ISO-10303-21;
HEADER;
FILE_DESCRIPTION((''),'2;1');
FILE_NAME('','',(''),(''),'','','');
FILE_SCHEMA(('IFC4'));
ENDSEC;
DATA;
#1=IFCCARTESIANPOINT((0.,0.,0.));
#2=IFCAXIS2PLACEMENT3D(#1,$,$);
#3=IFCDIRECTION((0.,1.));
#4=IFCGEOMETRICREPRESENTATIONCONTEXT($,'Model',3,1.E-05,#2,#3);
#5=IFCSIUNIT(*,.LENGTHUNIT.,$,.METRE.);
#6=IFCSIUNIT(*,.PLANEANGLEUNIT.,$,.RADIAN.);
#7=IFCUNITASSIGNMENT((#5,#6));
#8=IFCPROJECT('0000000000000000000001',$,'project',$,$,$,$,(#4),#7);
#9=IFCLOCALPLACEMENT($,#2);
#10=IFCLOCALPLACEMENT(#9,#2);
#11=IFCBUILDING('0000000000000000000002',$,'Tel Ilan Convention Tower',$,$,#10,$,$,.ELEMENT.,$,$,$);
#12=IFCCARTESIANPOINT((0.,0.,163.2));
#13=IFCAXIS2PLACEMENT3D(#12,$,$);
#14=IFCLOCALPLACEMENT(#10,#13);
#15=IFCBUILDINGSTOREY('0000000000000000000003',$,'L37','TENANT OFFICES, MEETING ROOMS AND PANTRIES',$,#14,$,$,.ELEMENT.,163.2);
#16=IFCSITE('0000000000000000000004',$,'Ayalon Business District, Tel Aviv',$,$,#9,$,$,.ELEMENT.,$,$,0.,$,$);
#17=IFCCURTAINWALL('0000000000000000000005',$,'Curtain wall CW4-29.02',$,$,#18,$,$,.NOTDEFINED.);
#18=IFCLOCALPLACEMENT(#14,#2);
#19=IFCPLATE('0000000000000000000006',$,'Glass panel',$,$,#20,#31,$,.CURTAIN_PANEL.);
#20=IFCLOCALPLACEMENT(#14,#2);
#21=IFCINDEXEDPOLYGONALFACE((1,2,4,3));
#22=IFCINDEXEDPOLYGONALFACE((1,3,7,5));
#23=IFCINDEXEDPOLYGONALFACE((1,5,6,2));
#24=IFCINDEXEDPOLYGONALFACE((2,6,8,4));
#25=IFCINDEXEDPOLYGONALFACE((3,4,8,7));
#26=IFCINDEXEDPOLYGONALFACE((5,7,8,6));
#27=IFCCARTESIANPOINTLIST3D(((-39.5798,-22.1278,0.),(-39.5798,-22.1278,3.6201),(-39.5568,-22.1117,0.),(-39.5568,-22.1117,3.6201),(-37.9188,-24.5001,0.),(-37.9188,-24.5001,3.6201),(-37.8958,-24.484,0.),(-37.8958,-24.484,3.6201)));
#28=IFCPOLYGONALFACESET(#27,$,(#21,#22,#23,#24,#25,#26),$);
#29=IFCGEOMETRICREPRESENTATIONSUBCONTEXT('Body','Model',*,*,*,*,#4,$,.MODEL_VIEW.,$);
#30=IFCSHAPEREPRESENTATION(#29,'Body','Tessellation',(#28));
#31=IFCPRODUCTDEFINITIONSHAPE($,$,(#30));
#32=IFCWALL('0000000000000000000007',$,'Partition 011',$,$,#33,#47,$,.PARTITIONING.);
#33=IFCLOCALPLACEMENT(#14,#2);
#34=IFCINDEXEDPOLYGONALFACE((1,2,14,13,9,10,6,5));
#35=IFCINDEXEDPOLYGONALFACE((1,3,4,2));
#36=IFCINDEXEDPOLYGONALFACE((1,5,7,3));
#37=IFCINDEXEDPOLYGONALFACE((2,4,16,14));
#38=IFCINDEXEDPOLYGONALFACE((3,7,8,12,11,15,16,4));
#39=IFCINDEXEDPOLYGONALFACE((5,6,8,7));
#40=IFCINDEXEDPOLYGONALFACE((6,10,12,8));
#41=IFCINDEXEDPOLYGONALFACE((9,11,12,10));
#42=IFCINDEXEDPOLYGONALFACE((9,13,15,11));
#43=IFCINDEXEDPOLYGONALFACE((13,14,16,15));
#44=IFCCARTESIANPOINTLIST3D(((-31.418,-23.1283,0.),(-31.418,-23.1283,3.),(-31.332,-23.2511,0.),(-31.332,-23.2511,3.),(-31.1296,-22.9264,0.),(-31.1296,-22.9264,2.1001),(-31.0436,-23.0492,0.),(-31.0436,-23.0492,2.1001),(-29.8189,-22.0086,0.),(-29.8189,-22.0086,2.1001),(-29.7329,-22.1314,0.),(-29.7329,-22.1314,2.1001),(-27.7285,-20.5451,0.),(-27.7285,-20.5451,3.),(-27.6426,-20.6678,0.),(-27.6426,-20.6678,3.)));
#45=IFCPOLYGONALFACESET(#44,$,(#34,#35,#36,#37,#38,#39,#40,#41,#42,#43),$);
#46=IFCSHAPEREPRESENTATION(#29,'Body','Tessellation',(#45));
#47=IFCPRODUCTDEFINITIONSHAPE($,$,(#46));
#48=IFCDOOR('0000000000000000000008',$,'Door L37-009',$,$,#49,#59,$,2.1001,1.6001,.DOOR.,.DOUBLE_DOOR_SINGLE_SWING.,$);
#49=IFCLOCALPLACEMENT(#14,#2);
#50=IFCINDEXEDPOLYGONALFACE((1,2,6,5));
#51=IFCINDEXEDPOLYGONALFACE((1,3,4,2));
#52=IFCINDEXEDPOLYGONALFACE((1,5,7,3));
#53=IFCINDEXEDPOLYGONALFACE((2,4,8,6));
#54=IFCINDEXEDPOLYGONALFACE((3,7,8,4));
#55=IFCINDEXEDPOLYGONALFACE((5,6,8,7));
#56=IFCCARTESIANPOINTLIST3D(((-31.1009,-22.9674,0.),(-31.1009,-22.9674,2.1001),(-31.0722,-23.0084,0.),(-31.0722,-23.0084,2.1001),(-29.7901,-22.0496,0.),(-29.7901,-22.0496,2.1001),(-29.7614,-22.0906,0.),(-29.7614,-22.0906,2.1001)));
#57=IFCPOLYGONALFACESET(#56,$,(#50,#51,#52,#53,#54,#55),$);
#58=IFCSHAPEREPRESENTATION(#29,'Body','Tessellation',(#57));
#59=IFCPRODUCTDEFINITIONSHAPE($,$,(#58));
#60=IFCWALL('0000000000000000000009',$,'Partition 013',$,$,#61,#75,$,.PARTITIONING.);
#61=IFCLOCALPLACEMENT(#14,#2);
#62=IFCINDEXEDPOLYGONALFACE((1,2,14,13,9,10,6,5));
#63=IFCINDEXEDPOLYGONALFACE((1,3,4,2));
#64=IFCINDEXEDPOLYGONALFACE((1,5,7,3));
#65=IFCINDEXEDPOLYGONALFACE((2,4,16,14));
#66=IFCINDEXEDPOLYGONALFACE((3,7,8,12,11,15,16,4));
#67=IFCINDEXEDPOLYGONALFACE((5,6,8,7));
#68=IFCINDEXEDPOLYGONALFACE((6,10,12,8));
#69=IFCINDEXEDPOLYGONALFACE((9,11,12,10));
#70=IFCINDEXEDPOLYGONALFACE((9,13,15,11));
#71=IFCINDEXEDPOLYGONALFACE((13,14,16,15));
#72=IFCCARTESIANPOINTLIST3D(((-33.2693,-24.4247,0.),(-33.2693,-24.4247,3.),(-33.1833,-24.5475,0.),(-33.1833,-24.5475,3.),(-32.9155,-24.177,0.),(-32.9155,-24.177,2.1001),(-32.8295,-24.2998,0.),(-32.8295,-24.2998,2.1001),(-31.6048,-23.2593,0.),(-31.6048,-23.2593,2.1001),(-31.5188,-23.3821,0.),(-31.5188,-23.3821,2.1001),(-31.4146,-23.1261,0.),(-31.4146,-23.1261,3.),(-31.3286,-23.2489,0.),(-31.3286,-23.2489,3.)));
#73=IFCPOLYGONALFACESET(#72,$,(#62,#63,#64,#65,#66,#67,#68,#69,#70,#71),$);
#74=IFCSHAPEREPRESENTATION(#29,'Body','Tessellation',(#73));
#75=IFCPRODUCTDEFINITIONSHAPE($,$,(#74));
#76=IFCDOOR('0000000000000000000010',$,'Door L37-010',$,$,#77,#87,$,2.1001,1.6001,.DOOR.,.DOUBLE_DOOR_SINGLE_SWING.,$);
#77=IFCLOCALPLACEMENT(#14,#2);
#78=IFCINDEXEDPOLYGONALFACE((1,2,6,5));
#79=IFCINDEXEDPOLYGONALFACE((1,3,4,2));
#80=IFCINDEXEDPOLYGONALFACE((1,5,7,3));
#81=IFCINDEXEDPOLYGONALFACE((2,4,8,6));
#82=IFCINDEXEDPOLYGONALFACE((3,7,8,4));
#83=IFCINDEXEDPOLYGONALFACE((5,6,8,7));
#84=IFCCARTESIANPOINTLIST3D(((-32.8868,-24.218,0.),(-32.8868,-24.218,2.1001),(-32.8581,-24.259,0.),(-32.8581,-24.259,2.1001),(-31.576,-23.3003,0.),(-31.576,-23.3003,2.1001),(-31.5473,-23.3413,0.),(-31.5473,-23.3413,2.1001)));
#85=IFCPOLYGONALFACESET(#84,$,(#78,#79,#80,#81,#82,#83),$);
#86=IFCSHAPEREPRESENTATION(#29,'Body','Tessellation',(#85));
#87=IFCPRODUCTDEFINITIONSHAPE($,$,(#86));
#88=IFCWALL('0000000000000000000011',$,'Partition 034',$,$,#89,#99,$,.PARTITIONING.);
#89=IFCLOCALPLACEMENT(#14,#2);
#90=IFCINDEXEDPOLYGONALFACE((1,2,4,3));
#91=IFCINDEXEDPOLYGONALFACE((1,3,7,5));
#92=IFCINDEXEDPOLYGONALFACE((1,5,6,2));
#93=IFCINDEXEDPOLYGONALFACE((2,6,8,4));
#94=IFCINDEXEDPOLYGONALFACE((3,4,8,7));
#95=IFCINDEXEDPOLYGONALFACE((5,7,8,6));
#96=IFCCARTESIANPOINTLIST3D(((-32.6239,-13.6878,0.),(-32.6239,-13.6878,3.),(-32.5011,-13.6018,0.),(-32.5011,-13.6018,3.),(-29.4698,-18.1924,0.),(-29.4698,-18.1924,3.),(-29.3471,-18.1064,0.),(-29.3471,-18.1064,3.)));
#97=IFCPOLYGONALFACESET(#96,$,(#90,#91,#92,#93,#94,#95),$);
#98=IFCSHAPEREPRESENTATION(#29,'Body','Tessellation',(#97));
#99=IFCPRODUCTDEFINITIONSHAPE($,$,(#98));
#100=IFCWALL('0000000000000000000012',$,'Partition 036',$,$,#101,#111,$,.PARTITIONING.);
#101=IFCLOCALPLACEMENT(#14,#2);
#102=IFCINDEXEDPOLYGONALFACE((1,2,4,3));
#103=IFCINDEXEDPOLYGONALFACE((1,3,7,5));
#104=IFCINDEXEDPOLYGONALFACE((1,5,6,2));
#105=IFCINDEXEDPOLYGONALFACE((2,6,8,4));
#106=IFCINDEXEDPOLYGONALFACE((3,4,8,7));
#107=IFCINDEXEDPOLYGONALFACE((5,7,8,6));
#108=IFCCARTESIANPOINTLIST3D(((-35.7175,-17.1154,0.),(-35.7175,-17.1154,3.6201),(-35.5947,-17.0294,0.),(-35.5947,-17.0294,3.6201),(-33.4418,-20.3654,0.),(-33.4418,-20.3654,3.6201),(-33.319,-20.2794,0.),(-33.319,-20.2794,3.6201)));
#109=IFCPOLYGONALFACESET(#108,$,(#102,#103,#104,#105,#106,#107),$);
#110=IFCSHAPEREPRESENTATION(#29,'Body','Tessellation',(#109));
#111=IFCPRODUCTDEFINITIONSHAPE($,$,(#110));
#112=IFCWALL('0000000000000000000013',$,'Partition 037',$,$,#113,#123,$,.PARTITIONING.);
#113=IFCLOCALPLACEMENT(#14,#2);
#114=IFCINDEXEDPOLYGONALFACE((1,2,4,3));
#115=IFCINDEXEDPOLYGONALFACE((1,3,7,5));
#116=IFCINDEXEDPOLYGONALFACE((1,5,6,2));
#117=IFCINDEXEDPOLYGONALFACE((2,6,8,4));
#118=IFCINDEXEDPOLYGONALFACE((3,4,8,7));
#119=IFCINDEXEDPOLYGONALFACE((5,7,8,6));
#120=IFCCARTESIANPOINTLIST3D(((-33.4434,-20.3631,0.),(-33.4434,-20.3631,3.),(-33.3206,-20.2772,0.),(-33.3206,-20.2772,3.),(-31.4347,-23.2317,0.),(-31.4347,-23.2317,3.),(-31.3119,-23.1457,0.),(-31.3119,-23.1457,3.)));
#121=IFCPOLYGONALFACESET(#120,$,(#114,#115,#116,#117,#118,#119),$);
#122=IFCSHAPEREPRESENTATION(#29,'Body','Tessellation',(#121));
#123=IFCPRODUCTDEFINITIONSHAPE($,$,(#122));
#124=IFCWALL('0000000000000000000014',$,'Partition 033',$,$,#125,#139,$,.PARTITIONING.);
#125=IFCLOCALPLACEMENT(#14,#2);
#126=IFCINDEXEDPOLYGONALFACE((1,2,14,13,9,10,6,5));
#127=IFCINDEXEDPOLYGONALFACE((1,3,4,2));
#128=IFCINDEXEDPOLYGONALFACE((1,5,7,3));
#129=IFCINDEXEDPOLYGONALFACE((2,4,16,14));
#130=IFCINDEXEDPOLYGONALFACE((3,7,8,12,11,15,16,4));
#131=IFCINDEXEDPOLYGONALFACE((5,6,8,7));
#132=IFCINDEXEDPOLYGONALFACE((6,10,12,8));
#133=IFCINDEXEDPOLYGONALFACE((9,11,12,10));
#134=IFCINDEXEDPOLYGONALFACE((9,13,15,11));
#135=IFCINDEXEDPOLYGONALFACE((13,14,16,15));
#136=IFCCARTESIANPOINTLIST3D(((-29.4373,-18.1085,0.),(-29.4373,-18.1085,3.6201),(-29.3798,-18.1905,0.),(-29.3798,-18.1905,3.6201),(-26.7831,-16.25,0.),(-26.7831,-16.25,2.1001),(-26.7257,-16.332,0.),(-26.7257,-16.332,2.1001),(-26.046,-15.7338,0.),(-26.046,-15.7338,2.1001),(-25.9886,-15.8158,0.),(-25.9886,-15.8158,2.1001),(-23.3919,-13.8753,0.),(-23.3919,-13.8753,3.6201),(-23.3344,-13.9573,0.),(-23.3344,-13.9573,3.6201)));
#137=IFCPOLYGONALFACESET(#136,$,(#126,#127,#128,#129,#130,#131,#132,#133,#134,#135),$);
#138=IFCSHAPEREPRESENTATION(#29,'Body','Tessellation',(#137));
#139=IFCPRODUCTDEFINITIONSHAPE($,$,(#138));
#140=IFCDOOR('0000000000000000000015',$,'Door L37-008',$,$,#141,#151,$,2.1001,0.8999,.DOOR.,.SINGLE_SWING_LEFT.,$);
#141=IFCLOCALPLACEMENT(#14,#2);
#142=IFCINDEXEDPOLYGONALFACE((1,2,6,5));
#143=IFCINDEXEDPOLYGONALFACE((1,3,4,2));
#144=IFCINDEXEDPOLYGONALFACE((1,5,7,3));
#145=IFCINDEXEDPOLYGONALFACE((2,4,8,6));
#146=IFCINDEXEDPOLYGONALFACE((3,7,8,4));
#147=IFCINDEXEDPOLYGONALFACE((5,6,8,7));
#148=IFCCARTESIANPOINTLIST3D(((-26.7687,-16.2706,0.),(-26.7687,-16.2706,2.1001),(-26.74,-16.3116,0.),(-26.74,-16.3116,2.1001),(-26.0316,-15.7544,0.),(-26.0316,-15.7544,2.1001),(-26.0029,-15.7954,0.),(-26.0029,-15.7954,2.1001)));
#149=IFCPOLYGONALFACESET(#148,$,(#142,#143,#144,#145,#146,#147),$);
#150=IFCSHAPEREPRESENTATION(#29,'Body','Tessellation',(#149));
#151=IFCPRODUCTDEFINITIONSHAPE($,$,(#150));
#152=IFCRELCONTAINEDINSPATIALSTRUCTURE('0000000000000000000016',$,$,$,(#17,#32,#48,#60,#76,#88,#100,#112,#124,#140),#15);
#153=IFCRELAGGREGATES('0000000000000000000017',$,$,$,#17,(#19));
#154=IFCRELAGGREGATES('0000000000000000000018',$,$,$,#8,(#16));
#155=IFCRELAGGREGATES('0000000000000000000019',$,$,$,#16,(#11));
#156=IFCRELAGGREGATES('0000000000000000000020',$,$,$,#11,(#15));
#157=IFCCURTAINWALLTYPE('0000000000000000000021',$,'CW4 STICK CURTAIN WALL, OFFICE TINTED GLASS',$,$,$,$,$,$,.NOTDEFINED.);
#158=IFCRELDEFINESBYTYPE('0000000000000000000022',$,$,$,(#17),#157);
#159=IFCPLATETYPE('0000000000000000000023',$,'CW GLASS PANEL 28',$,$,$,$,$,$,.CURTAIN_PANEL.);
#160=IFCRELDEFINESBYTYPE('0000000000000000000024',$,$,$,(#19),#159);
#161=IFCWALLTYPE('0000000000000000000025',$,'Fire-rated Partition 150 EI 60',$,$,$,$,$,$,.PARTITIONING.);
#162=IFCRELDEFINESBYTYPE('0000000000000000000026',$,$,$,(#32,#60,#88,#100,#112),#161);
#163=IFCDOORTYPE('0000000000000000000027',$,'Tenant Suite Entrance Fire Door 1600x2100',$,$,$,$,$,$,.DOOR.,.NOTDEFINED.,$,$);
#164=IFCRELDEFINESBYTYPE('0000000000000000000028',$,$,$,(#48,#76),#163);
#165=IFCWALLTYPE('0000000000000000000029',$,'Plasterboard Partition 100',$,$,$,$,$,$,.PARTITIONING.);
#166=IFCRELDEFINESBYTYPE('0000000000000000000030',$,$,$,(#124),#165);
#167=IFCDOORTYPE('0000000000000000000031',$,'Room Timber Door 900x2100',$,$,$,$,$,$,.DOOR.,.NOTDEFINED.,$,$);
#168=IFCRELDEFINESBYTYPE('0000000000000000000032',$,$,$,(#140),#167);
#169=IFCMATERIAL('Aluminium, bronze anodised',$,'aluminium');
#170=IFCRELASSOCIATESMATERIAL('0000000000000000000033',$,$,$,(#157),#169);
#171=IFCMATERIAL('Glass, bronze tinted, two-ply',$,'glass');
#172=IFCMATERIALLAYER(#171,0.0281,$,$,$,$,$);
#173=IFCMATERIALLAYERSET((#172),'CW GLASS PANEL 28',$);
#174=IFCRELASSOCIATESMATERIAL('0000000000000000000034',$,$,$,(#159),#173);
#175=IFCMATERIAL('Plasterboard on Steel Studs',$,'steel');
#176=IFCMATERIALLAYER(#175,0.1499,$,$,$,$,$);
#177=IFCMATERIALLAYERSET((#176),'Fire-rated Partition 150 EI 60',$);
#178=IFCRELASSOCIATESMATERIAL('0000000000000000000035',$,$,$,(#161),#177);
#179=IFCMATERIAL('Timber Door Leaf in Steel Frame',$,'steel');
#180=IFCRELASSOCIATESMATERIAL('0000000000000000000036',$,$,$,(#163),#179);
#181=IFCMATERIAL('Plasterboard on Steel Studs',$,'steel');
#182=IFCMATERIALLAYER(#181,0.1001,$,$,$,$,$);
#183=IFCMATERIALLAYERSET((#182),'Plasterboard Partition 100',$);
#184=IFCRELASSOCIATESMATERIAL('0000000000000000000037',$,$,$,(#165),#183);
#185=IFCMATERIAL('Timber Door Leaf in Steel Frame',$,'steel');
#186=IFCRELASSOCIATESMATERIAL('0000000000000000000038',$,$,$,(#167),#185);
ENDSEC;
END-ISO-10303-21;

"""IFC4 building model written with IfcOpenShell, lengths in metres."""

from ifc_helpers import new_model, si_unit, direction, frame, frame_2d, origin, origin_2d, place, context, subcontext, project, spatial, rectangle, extrude, material, layer, layer_set, type_object, element, fill, aggregate, save


model = new_model("IFC4")

# Units and contexts
model_context = context("Model", 3, precision=1e-05, world=origin(), true_north=direction((0.0, 1.0)))
body_context = subcontext(model_context, "Body", "Model", "MODEL_VIEW")
ifc_project = project(units=[si_unit("LENGTHUNIT", "METRE"), si_unit("PLANEANGLEUNIT", "RADIAN")], contexts=[model_context])

# Site, building, storey
site_placement = place(None, origin())
site = spatial("IfcSite", under=ifc_project, at=site_placement, Name="Ayalon Business District, Tel Aviv", CompositionType="ELEMENT", RefElevation=0.0)
building_placement = place(site_placement, origin())
building = spatial("IfcBuilding", under=site, at=building_placement, Name="Tel Ilan Convention Tower", CompositionType="ELEMENT")
storey_placement = place(building_placement, frame((0.0, 0.0, 163.2)))
storey = spatial("IfcBuildingStorey", under=building, at=storey_placement, Name="L37", Description="TENANT OFFICES, MEETING ROOMS AND PANTRIES", CompositionType="ELEMENT", Elevation=163.2)

# Curtain wall, plate
ifc_material_1 = material(Name="Aluminium, bronze anodised", Category="aluminium")
curtain_wall_type = type_object("IfcCurtainWallType", Name="CW4 STICK CURTAIN WALL, OFFICE TINTED GLASS", PredefinedType="NOTDEFINED", material=ifc_material_1)
curtain_wall_placement = place(storey_placement, origin())
curtain_wall = element("IfcCurtainWall", 1, at=curtain_wall_placement, inside=storey, type_object=curtain_wall_type, Name="Curtain wall CW4-29.02", PredefinedType="NOTDEFINED")
ifc_material_2 = material(Name="Glass, bronze tinted, two-ply", Category="glass")
ifc_layer_1 = layer(ifc_material_2, 0.0281)
ifc_layer_set_1 = layer_set([ifc_layer_1], Name="CW GLASS PANEL 28")
plate_type = type_object("IfcPlateType", Name="CW GLASS PANEL 28", PredefinedType="CURTAIN_PANEL", material=ifc_layer_set_1)
plate_1_placement = place(storey_placement, frame((-38.7378, -23.3059, 0.0), z_axis=(0.0, 0.0, 1.0), x_axis=(0.573576, -0.819152, 0.0)))
plate_1 = element("IfcPlate", 2, at=plate_1_placement, type_object=plate_type, Name="Glass panel", PredefinedType="CURTAIN_PANEL", context=body_context, shape_type="SweptSolid", body=[
    extrude(rectangle(XDim=2.896, YDim=0.0281, at=origin_2d()), origin(), (0.0, 0.0, 1.0), 3.6201),
])
aggregate(curtain_wall, [plate_1])

# Walls, openings, doors
ifc_material_3 = material(Name="Plasterboard on Steel Studs", Category="steel")
ifc_layer_2 = layer(ifc_material_3, 0.1499)
ifc_layer_set_2 = layer_set([ifc_layer_2], Name="Fire-rated Partition 150 EI 60")
wall_type_1 = type_object("IfcWallType", Name="Fire-rated Partition 150 EI 60", PredefinedType="PARTITIONING", material=ifc_layer_set_2)
wall_1_placement = place(storey_placement, frame((-31.375, -23.1897, 0.0), z_axis=(0.0, 0.0, 1.0), x_axis=(0.819166, 0.573557, 0.0)))
wall_1 = element("IfcWall", 3, at=wall_1_placement, inside=storey, type_object=wall_type_1, Name="Partition 011", PredefinedType="PARTITIONING", context=body_context, shape_type="SweptSolid", body=[
    extrude(rectangle(XDim=4.5039, YDim=0.1499, at=frame_2d((2.252, 0.0))), origin(), (0.0, 0.0, 1.0), 3.0),
])
opening_1_placement = place(wall_1_placement, frame((0.3521, 0.0, 0.0)))
opening_1 = element("IfcOpeningElement", 4, at=opening_1_placement, cuts=wall_1, PredefinedType="OPENING", context=body_context, shape_type="SweptSolid", body=[
    extrude(rectangle(XDim=1.6001, YDim=2.1001, at=frame_2d((0.8, 1.05))), frame((0.0, 0.085, 0.0), z_axis=(0.0, -1.0, 0.0), x_axis=(1.0, 0.0, 0.0)), (0.0, 0.0, 1.0), 0.1699),
])
ifc_material_4 = material(Name="Timber Door Leaf in Steel Frame", Category="steel")
door_type_1 = type_object("IfcDoorType", Name="Tenant Suite Entrance Fire Door 1600x2100", OperationType="NOTDEFINED", PredefinedType="DOOR", material=ifc_material_4)
door_1_placement = place(opening_1_placement, origin())
door_1 = element("IfcDoor", 5, at=door_1_placement, inside=storey, type_object=door_type_1, Name="Door L37-009", OperationType="DOUBLE_DOOR_SINGLE_SWING", OverallHeight=2.1001, OverallWidth=1.6001, PredefinedType="DOOR", context=body_context, shape_type="SweptSolid", body=[
    extrude(rectangle(XDim=1.6001, YDim=2.1001, at=frame_2d((0.8, 1.05))), frame((0.0, 0.0249, 0.0), z_axis=(0.0, -1.0, 0.0), x_axis=(1.0, 0.0, 0.0)), (0.0, 0.0, 1.0), 0.05),
])
fill(opening_1, door_1)
wall_2_placement = place(storey_placement, frame((-33.2263, -24.4861, 0.0), z_axis=(0.0, 0.0, 1.0), x_axis=(0.819176, 0.573542, 0.0)))
wall_2 = element("IfcWall", 6, at=wall_2_placement, inside=storey, type_object=wall_type_1, Name="Partition 013", PredefinedType="PARTITIONING", context=body_context, shape_type="SweptSolid", body=[
    extrude(rectangle(XDim=2.2642, YDim=0.1499, at=frame_2d((1.1321, 0.0))), origin(), (0.0, 0.0, 1.0), 3.0),
])
opening_2_placement = place(wall_2_placement, frame((0.4319, 0.0, 0.0)))
opening_2 = element("IfcOpeningElement", 7, at=opening_2_placement, cuts=wall_2, PredefinedType="OPENING", context=body_context, shape_type="SweptSolid", body=[
    extrude(rectangle(XDim=1.6001, YDim=2.1001, at=frame_2d((0.8, 1.05))), frame((0.0, 0.085, 0.0), z_axis=(0.0, -1.0, 0.0), x_axis=(1.0, 0.0, 0.0)), (0.0, 0.0, 1.0), 0.1699),
])
door_2_placement = place(opening_2_placement, origin())
door_2 = element("IfcDoor", 8, at=door_2_placement, inside=storey, type_object=door_type_1, Name="Door L37-010", OperationType="DOUBLE_DOOR_SINGLE_SWING", OverallHeight=2.1001, OverallWidth=1.6001, PredefinedType="DOOR", context=body_context, shape_type="SweptSolid", body=[
    extrude(rectangle(XDim=1.6001, YDim=2.1001, at=frame_2d((0.8, 1.05))), frame((0.0, 0.0249, 0.0), z_axis=(0.0, -1.0, 0.0), x_axis=(1.0, 0.0, 0.0)), (0.0, 0.0, 1.0), 0.05),
])
fill(opening_2, door_2)

# Walls
wall_3_placement = place(storey_placement, frame((-29.4084, -18.1494, 0.0), z_axis=(0.0, 0.0, 1.0), x_axis=(-0.573561, 0.819163, 0.0)))
element("IfcWall", 9, at=wall_3_placement, inside=storey, type_object=wall_type_1, Name="Partition 034", PredefinedType="PARTITIONING", context=body_context, shape_type="SweptSolid", body=[
    extrude(rectangle(XDim=5.499, YDim=0.1499, at=frame_2d((2.7495, 0.0))), origin(), (0.0, 0.0, 1.0), 3.0),
])
wall_4_placement = place(storey_placement, frame((-33.3804, -20.3225, 0.0), z_axis=(0.0, 0.0, 1.0), x_axis=(-0.57357, 0.819157, 0.0)))
element("IfcWall", 10, at=wall_4_placement, inside=storey, type_object=wall_type_1, Name="Partition 036", PredefinedType="PARTITIONING", context=body_context, shape_type="SweptSolid", body=[
    extrude(rectangle(XDim=3.9675, YDim=0.1499, at=frame_2d((1.9839, 0.0))), origin(), (0.0, 0.0, 1.0), 3.6201),
])
wall_5_placement = place(storey_placement, frame((-31.3733, -23.1887, 0.0), z_axis=(0.0, 0.0, 1.0), x_axis=(-0.573603, 0.819134, 0.0)))
element("IfcWall", 11, at=wall_5_placement, inside=storey, type_object=wall_type_1, Name="Partition 037", PredefinedType="PARTITIONING", context=body_context, shape_type="SweptSolid", body=[
    extrude(rectangle(XDim=3.502, YDim=0.1499, at=frame_2d((1.751, 0.0))), origin(), (0.0, 0.0, 1.0), 3.0),
])

# Wall, opening, door
ifc_material_5 = material(Name="Plasterboard on Steel Studs", Category="steel")
ifc_layer_3 = layer(ifc_material_5, 0.1001)
ifc_layer_set_3 = layer_set([ifc_layer_3], Name="Plasterboard Partition 100")
wall_type_2 = type_object("IfcWallType", Name="Plasterboard Partition 100", PredefinedType="PARTITIONING", material=ifc_layer_set_3)
wall_6_placement = place(storey_placement, frame((-29.4084, -18.1494, 0.0), z_axis=(0.0, 0.0, 1.0), x_axis=(0.819145, 0.573587, 0.0)))
wall_6 = element("IfcWall", 12, at=wall_6_placement, inside=storey, type_object=wall_type_2, Name="Partition 033", PredefinedType="PARTITIONING", context=body_context, shape_type="SweptSolid", body=[
    extrude(rectangle(XDim=7.3801, YDim=0.1001, at=frame_2d((3.6899, 0.0))), origin(), (0.0, 0.0, 1.0), 3.6201),
])
opening_3_placement = place(wall_6_placement, frame((3.24, 0.0, 0.0)))
opening_3 = element("IfcOpeningElement", 13, at=opening_3_placement, cuts=wall_6, PredefinedType="OPENING", context=body_context, shape_type="SweptSolid", body=[
    extrude(rectangle(XDim=0.8999, YDim=2.1001, at=frame_2d((0.45, 1.05))), frame((0.0, 0.0601, 0.0), z_axis=(0.0, -1.0, 0.0), x_axis=(1.0, 0.0, 0.0)), (0.0, 0.0, 1.0), 0.1201),
])
ifc_material_6 = material(Name="Timber Door Leaf in Steel Frame", Category="steel")
door_type_2 = type_object("IfcDoorType", Name="Room Timber Door 900x2100", OperationType="NOTDEFINED", PredefinedType="DOOR", material=ifc_material_6)
door_3_placement = place(opening_3_placement, origin())
door_3 = element("IfcDoor", 14, at=door_3_placement, inside=storey, type_object=door_type_2, Name="Door L37-008", OperationType="SINGLE_SWING_LEFT", OverallHeight=2.1001, OverallWidth=0.8999, PredefinedType="DOOR", context=body_context, shape_type="SweptSolid", body=[
    extrude(rectangle(XDim=0.8999, YDim=2.1001, at=frame_2d((0.45, 1.05))), frame((0.0, 0.0249, 0.0), z_axis=(0.0, -1.0, 0.0), x_axis=(1.0, 0.0, 0.0)), (0.0, 0.0, 1.0), 0.05),
])
fill(opening_3, door_3)

save(model, "model.ifc")
